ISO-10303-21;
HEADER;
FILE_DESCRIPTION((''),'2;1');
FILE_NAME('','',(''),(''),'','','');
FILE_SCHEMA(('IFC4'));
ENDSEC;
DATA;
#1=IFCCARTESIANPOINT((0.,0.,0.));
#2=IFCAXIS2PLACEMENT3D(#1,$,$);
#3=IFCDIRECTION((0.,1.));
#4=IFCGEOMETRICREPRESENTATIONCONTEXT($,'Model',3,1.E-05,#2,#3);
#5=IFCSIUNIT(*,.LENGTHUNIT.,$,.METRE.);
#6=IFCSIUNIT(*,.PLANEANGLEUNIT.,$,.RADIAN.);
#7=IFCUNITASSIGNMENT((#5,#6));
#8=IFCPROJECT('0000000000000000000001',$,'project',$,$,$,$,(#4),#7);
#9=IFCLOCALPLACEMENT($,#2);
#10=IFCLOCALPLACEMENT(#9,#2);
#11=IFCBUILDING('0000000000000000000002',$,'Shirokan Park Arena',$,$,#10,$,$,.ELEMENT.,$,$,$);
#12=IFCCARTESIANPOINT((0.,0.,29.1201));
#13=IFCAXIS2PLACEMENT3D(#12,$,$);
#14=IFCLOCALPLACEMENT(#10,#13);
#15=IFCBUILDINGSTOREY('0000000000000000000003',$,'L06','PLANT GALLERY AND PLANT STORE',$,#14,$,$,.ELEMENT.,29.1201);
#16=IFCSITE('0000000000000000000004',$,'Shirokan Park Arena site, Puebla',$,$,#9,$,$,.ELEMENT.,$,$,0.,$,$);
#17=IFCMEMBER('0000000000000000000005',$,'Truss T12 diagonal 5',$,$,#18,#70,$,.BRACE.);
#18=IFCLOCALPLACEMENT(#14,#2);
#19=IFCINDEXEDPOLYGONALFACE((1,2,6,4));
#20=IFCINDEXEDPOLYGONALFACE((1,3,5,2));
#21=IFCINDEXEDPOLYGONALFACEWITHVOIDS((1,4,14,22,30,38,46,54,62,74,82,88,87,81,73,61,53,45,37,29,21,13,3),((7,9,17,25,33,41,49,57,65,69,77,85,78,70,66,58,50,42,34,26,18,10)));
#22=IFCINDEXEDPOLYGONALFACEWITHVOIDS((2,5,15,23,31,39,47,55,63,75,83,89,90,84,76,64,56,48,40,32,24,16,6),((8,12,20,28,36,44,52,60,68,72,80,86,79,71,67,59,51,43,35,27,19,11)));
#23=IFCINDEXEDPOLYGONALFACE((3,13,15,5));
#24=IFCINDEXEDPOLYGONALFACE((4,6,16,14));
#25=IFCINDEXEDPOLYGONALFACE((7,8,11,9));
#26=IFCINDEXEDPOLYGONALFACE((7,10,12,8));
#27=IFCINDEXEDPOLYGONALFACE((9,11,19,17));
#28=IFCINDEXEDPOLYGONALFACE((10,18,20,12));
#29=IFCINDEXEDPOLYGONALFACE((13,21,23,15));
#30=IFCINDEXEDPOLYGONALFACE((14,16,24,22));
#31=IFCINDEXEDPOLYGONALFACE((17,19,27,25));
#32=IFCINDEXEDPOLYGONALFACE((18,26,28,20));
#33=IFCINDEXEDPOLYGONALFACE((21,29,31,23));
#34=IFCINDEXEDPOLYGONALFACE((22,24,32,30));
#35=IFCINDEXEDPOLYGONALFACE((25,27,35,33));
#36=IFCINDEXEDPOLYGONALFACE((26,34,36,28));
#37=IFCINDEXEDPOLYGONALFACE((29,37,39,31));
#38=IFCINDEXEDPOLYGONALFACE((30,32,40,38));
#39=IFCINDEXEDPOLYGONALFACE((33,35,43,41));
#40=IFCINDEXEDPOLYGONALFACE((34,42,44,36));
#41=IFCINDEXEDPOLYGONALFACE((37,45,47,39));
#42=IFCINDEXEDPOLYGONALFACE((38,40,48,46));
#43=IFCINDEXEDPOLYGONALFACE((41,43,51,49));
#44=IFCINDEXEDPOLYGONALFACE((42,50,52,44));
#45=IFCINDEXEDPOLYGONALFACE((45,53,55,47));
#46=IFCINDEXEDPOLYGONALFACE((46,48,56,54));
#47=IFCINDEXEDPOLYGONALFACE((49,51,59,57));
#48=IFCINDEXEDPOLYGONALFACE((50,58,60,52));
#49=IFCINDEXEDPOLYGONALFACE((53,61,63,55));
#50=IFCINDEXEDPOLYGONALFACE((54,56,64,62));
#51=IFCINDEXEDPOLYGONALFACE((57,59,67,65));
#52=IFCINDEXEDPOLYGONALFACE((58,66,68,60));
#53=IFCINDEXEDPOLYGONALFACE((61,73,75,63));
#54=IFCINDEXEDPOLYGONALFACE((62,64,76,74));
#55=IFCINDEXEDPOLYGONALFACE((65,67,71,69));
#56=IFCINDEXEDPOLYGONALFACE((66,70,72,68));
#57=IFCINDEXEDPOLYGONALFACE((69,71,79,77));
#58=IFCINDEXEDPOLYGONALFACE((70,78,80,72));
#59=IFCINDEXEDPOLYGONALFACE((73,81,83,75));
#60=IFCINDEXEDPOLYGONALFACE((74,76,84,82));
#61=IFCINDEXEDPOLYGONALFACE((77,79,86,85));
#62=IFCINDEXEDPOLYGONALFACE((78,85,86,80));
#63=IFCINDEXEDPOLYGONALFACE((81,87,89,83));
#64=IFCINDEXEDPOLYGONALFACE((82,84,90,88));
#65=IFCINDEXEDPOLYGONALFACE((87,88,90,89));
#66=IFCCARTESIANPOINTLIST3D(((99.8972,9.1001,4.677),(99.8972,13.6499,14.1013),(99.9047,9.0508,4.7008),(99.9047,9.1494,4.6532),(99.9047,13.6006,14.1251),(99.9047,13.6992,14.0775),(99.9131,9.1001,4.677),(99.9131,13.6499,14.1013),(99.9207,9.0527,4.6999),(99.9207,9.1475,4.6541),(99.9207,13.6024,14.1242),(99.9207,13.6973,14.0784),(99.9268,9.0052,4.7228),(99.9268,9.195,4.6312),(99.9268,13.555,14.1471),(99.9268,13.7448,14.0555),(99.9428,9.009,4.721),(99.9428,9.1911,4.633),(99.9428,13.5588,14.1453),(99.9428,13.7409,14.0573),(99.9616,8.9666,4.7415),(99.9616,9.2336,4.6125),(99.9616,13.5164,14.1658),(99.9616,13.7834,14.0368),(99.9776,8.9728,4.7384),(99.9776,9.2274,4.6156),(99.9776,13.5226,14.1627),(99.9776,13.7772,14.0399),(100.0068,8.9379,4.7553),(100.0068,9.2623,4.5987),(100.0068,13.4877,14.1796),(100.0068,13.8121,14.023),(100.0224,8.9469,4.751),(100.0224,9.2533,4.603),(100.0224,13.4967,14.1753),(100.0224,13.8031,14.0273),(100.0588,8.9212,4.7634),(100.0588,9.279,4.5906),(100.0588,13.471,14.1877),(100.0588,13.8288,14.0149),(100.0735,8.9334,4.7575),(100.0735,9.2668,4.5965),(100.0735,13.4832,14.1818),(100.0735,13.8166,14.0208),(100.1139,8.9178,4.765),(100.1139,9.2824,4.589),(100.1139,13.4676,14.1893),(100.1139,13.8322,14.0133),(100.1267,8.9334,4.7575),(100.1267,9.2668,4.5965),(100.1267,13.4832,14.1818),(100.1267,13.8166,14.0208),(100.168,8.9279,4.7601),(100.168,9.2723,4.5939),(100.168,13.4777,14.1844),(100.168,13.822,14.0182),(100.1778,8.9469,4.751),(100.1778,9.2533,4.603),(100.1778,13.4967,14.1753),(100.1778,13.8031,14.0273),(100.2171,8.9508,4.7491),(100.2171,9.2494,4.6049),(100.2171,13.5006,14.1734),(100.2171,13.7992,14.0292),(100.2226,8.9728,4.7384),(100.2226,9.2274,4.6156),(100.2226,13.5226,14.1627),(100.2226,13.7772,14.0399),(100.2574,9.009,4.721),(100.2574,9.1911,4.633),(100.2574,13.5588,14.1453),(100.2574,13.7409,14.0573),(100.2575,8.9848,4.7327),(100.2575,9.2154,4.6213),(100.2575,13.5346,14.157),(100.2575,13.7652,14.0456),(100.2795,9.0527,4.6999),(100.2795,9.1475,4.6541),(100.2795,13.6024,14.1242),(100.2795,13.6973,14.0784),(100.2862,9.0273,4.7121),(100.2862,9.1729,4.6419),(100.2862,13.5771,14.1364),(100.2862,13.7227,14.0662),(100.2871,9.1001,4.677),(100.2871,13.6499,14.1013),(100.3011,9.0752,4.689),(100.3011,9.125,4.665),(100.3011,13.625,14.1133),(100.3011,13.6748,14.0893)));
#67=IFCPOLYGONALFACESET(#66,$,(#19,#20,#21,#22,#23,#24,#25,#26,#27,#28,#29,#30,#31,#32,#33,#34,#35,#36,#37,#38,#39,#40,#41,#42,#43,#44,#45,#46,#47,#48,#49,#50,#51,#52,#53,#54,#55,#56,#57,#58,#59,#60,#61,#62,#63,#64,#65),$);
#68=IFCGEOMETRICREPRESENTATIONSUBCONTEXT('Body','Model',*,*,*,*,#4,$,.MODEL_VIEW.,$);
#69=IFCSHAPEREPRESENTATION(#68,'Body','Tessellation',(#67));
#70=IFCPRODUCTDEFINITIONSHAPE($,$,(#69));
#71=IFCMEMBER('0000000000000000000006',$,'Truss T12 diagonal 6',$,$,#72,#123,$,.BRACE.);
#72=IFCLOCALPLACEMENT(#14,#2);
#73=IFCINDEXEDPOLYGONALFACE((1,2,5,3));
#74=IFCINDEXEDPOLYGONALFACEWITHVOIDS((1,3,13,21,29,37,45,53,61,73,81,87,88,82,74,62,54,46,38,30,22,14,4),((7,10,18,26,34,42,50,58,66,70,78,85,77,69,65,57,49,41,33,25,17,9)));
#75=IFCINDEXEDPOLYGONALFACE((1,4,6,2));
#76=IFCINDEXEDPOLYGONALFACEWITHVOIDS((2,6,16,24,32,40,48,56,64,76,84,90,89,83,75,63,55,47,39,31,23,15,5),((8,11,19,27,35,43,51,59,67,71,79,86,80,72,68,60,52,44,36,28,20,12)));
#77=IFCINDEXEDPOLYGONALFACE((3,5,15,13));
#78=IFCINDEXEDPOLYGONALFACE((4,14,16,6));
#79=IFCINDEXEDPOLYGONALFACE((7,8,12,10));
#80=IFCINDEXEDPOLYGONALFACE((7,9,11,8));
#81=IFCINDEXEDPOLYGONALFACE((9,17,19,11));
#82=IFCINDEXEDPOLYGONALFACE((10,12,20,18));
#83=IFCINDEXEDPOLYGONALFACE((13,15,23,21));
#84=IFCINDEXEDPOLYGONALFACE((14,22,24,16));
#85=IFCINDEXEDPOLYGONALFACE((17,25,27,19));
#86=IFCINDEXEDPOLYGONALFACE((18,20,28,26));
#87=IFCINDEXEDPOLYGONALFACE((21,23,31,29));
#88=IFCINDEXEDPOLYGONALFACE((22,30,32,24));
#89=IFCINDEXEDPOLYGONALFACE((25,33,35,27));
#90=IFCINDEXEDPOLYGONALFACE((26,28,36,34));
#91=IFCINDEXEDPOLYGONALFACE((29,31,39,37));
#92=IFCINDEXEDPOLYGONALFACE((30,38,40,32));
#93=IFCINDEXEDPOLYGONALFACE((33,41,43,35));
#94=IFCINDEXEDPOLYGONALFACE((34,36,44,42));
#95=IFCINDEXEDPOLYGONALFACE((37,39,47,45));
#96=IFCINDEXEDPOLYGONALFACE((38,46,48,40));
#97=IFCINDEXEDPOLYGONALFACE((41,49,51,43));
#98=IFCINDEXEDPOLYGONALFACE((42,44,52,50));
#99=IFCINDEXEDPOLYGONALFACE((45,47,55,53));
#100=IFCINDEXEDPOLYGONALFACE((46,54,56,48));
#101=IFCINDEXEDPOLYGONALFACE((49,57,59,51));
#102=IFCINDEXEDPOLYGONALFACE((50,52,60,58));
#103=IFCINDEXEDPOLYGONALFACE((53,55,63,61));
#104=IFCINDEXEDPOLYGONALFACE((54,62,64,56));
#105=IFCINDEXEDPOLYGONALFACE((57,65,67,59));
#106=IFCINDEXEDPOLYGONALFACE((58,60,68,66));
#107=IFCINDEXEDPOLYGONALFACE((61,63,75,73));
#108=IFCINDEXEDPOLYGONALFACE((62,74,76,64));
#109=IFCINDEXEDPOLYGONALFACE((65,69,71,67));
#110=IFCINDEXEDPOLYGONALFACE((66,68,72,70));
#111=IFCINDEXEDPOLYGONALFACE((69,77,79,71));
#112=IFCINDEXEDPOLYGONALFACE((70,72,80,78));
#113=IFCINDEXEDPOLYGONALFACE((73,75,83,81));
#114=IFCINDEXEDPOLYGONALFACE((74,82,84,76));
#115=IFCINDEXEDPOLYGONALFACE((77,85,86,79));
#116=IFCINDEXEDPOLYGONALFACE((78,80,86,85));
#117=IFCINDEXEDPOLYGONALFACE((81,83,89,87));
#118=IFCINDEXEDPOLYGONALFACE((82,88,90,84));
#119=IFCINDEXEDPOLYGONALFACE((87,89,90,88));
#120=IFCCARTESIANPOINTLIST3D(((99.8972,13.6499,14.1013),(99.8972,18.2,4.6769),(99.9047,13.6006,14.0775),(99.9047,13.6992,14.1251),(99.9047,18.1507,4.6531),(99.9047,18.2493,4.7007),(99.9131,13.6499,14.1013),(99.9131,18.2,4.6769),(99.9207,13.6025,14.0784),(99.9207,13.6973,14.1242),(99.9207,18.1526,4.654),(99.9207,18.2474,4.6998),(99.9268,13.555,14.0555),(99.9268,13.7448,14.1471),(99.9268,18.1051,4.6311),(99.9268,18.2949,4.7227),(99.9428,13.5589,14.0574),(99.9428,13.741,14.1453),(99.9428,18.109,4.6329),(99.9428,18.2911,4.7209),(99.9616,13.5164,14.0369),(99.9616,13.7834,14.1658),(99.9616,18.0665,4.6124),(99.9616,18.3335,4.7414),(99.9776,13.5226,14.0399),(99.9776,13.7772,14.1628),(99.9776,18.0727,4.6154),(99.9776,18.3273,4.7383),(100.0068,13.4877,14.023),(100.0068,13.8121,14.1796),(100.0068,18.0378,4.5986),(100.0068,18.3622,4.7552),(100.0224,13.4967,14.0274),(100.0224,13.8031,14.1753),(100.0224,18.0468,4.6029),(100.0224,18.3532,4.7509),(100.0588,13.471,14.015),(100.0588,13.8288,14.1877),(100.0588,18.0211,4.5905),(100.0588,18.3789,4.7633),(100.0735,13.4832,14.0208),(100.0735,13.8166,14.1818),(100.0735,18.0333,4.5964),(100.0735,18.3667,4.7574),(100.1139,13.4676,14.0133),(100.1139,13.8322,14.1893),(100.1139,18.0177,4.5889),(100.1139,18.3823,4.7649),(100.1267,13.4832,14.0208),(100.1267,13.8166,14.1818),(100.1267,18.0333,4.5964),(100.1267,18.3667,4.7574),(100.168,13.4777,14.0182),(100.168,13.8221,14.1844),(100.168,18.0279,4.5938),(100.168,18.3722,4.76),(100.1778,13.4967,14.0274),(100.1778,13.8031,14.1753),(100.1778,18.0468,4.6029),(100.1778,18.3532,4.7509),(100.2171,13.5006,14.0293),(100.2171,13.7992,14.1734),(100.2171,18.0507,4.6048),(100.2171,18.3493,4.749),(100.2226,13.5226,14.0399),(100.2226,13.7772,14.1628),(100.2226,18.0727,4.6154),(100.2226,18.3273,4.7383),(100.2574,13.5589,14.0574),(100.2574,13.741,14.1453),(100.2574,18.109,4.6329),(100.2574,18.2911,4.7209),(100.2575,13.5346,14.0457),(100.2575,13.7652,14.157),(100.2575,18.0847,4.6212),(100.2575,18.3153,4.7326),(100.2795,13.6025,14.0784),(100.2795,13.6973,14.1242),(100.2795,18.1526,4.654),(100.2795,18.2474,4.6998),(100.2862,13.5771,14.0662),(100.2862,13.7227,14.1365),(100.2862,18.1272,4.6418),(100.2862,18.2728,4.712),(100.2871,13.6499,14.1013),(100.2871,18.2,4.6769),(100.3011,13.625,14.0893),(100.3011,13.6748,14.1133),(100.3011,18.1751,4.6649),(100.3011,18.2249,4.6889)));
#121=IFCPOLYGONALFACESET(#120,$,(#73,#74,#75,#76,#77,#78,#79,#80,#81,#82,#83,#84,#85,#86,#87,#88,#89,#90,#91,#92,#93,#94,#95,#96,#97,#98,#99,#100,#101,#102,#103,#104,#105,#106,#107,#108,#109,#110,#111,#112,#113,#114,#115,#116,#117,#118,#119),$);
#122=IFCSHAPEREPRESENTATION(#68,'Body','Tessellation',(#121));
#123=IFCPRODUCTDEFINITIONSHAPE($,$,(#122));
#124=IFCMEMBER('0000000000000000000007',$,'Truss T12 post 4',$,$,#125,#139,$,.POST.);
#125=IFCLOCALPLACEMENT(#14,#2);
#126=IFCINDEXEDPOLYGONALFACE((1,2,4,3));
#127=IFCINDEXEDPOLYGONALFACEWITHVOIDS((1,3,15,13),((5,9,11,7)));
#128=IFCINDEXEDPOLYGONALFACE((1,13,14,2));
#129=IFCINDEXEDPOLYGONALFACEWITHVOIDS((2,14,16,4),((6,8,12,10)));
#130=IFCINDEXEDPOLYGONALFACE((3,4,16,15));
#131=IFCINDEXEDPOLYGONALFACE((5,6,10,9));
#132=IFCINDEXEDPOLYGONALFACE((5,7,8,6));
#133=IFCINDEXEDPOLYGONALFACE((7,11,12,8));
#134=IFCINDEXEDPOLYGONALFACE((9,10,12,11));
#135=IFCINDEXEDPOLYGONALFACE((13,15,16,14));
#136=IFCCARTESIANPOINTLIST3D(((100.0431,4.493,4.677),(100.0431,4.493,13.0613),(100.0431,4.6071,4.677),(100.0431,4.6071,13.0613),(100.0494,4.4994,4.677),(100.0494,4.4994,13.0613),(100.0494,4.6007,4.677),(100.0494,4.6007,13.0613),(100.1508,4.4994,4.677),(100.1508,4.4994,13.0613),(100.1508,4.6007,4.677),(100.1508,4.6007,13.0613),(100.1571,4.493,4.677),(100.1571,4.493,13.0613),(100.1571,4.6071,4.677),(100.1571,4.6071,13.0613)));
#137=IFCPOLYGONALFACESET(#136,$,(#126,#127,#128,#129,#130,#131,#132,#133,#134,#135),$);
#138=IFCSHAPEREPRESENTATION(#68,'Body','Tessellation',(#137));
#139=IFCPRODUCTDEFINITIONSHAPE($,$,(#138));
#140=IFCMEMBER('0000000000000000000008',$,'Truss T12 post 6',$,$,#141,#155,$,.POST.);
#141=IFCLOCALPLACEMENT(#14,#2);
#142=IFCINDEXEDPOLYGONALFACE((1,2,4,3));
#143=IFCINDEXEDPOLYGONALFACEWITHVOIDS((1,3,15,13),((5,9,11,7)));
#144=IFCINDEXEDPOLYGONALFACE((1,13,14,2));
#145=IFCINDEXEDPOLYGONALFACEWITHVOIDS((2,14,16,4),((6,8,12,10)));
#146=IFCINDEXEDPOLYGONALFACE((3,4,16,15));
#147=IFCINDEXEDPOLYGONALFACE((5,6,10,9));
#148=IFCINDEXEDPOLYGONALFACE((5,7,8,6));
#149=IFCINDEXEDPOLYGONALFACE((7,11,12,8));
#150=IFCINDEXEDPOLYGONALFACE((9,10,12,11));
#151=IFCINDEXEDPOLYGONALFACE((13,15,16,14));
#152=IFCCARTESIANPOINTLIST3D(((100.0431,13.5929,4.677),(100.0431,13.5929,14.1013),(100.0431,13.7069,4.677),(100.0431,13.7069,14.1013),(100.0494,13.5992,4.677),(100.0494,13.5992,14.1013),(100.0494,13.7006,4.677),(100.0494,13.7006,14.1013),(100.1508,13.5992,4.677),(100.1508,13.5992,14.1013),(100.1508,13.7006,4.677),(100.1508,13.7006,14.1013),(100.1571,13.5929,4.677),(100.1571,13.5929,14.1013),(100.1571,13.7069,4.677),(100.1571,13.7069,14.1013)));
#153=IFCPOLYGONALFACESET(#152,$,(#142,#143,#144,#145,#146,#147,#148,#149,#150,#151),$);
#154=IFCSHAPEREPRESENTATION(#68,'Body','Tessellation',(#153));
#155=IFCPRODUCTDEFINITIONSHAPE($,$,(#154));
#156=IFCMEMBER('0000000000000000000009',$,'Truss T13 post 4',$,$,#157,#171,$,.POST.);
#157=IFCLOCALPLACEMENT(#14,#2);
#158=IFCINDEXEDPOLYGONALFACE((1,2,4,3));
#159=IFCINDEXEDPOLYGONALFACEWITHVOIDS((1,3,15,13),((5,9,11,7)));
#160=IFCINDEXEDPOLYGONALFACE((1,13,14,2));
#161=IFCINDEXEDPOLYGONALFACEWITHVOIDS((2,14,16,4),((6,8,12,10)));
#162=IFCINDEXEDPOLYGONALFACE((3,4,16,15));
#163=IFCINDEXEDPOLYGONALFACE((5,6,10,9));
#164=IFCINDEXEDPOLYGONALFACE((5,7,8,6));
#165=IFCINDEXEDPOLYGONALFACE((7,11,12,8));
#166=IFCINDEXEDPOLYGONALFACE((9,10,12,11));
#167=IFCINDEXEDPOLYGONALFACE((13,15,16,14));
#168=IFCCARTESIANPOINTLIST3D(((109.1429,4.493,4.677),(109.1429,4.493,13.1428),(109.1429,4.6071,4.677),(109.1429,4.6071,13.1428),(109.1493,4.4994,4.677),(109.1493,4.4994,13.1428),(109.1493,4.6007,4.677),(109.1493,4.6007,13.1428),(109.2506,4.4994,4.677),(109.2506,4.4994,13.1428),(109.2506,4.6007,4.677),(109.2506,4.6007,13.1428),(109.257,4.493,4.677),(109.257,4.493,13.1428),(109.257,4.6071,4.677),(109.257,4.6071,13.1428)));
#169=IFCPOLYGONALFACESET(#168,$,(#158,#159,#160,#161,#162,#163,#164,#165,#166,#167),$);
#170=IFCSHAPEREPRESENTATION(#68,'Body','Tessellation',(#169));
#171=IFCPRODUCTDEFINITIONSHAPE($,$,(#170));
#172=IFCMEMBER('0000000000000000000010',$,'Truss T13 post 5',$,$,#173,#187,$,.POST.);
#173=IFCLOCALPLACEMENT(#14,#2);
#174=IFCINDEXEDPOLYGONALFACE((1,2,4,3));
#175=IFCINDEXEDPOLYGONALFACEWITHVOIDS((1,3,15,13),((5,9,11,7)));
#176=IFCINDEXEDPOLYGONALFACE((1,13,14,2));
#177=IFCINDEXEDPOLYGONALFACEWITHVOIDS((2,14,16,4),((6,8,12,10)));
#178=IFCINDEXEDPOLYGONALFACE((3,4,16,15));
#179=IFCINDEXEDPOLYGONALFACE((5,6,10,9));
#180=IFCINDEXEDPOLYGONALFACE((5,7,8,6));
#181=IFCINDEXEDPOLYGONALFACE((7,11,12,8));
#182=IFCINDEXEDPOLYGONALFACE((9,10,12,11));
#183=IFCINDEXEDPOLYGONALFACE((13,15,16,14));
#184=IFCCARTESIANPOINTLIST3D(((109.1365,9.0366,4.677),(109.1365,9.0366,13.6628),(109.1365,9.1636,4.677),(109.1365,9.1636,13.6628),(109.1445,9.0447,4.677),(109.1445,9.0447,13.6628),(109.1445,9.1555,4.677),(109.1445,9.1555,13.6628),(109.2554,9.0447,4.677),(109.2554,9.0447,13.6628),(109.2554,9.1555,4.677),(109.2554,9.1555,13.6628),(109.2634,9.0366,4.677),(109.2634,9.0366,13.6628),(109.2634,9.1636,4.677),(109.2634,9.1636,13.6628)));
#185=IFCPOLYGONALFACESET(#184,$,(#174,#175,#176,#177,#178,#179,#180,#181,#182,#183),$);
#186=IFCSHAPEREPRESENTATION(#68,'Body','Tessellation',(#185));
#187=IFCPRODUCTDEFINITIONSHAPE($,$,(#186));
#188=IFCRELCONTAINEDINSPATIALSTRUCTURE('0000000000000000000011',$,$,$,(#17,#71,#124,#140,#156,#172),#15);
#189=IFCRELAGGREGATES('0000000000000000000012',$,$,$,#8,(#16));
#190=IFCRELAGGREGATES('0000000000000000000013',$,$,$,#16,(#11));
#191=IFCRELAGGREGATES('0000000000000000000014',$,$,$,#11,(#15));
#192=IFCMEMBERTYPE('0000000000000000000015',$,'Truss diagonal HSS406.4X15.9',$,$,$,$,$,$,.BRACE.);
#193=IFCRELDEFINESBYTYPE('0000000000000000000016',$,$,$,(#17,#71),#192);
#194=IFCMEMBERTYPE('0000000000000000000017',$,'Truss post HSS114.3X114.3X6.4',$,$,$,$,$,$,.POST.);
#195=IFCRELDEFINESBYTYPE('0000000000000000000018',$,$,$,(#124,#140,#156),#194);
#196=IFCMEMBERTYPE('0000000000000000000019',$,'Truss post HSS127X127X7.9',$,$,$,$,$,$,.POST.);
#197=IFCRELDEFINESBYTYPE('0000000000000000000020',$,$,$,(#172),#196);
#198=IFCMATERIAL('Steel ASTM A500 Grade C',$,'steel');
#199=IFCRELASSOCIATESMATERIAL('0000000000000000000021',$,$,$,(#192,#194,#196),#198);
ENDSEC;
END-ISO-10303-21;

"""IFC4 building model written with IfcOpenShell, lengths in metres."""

from ifc_helpers import new_model, si_unit, direction, frame, origin, origin_2d, place, context, subcontext, project, spatial, hollow_rectangle, hollow_circle, extrude, material, material_profile, profile_set, type_object, element, save


model = new_model("IFC4")

# Units and contexts
model_context = context("Model", 3, precision=1e-05, world=origin(), true_north=direction((0.0, 1.0)))
body_context = subcontext(model_context, "Body", "Model", "MODEL_VIEW")
ifc_project = project(units=[si_unit("LENGTHUNIT", "METRE"), si_unit("PLANEANGLEUNIT", "RADIAN")], contexts=[model_context])

# Site, building, storey
site_placement = place(None, origin())
site = spatial("IfcSite", under=ifc_project, at=site_placement, Name="Shirokan Park Arena site, Puebla", CompositionType="ELEMENT", RefElevation=0.0)
building_placement = place(site_placement, origin())
building = spatial("IfcBuilding", under=site, at=building_placement, Name="Shirokan Park Arena", CompositionType="ELEMENT")
storey_placement = place(building_placement, frame((0.0, 0.0, 29.1201)))
storey = spatial("IfcBuildingStorey", under=building, at=storey_placement, Name="L06", Description="PLANT GALLERY AND PLANT STORE", CompositionType="ELEMENT", Elevation=29.1201)

# Shared definitions
ifc_material_1 = material(Name="Steel ASTM A500 Grade C", Category="steel")

# Members
ifc_material_profile_1 = material_profile(ifc_material_1, hollow_circle(Radius=0.2029, WallThickness=0.0159, at=origin_2d()), Name="HSS406.4X15.9")
ifc_profile_set_1 = profile_set([ifc_material_profile_1], Name="Steel ASTM A500 Grade C")
member_type_1 = type_object("IfcMemberType", Name="Truss diagonal HSS406.4X15.9", PredefinedType="BRACE", material=ifc_profile_set_1)
member_1_placement = place(storey_placement, frame((100.1001, 9.1001, 4.677), z_axis=(0.0, 0.43476, 0.900547), x_axis=(-1.0, 0.0, 0.0)))
element("IfcMember", 1, at=member_1_placement, inside=storey, type_object=member_type_1, Name="Truss T12 diagonal 5", PredefinedType="BRACE", context=body_context, shape_type="SweptSolid", body=[
    extrude(hollow_circle(Radius=0.2029, WallThickness=0.0159, at=origin_2d()), origin(), (0.0, 0.0, 1.0), 10.4651),
])
member_2_placement = place(storey_placement, frame((100.1001, 13.6499, 14.1013), z_axis=(0.0, 0.434778, -0.900537), x_axis=(-1.0, 0.0, 0.0)))
element("IfcMember", 2, at=member_2_placement, inside=storey, type_object=member_type_1, Name="Truss T12 diagonal 6", PredefinedType="BRACE", context=body_context, shape_type="SweptSolid", body=[
    extrude(hollow_circle(Radius=0.2029, WallThickness=0.0159, at=origin_2d()), origin(), (0.0, 0.0, 1.0), 10.4653),
])
ifc_material_profile_2 = material_profile(ifc_material_1, hollow_rectangle(XDim=0.114, YDim=0.114, WallThickness=0.0063, at=origin_2d()), Name="HSS114.3X114.3X6.4")
ifc_profile_set_2 = profile_set([ifc_material_profile_2], Name="Steel ASTM A500 Grade C")
member_type_2 = type_object("IfcMemberType", Name="Truss post HSS114.3X114.3X6.4", PredefinedType="POST", material=ifc_profile_set_2)
member_3_placement = place(storey_placement, frame((100.1001, 4.55, 4.677), z_axis=(0.0, 0.0, 1.0), x_axis=(1.0, 0.0, 0.0)))
element("IfcMember", 3, at=member_3_placement, inside=storey, type_object=member_type_2, Name="Truss T12 post 4", PredefinedType="POST", context=body_context, shape_type="SweptSolid", body=[
    extrude(hollow_rectangle(XDim=0.114, YDim=0.114, WallThickness=0.0063, at=origin_2d()), origin(), (0.0, 0.0, 1.0), 8.3843),
])
member_4_placement = place(storey_placement, frame((100.1001, 13.6499, 4.677), z_axis=(0.0, 0.0, 1.0), x_axis=(1.0, 0.0, 0.0)))
element("IfcMember", 4, at=member_4_placement, inside=storey, type_object=member_type_2, Name="Truss T12 post 6", PredefinedType="POST", context=body_context, shape_type="SweptSolid", body=[
    extrude(hollow_rectangle(XDim=0.114, YDim=0.114, WallThickness=0.0063, at=origin_2d()), origin(), (0.0, 0.0, 1.0), 9.4243),
])
member_5_placement = place(storey_placement, frame((109.2, 4.55, 4.677), z_axis=(0.0, 0.0, 1.0), x_axis=(1.0, 0.0, 0.0)))
element("IfcMember", 5, at=member_5_placement, inside=storey, type_object=member_type_2, Name="Truss T13 post 4", PredefinedType="POST", context=body_context, shape_type="SweptSolid", body=[
    extrude(hollow_rectangle(XDim=0.114, YDim=0.114, WallThickness=0.0063, at=origin_2d()), origin(), (0.0, 0.0, 1.0), 8.4658),
])
ifc_material_profile_3 = material_profile(ifc_material_1, hollow_rectangle(XDim=0.127, YDim=0.127, WallThickness=0.0081, at=origin_2d()), Name="HSS127X127X7.9")
ifc_profile_set_3 = profile_set([ifc_material_profile_3], Name="Steel ASTM A500 Grade C")
member_type_3 = type_object("IfcMemberType", Name="Truss post HSS127X127X7.9", PredefinedType="POST", material=ifc_profile_set_3)
member_6_placement = place(storey_placement, frame((109.2, 9.1001, 4.677), z_axis=(0.0, 0.0, 1.0), x_axis=(1.0, 0.0, 0.0)))
element("IfcMember", 6, at=member_6_placement, inside=storey, type_object=member_type_3, Name="Truss T13 post 5", PredefinedType="POST", context=body_context, shape_type="SweptSolid", body=[
    extrude(hollow_rectangle(XDim=0.127, YDim=0.127, WallThickness=0.0081, at=origin_2d()), origin(), (0.0, 0.0, 1.0), 8.9858),
])

save(model, "model.ifc")
